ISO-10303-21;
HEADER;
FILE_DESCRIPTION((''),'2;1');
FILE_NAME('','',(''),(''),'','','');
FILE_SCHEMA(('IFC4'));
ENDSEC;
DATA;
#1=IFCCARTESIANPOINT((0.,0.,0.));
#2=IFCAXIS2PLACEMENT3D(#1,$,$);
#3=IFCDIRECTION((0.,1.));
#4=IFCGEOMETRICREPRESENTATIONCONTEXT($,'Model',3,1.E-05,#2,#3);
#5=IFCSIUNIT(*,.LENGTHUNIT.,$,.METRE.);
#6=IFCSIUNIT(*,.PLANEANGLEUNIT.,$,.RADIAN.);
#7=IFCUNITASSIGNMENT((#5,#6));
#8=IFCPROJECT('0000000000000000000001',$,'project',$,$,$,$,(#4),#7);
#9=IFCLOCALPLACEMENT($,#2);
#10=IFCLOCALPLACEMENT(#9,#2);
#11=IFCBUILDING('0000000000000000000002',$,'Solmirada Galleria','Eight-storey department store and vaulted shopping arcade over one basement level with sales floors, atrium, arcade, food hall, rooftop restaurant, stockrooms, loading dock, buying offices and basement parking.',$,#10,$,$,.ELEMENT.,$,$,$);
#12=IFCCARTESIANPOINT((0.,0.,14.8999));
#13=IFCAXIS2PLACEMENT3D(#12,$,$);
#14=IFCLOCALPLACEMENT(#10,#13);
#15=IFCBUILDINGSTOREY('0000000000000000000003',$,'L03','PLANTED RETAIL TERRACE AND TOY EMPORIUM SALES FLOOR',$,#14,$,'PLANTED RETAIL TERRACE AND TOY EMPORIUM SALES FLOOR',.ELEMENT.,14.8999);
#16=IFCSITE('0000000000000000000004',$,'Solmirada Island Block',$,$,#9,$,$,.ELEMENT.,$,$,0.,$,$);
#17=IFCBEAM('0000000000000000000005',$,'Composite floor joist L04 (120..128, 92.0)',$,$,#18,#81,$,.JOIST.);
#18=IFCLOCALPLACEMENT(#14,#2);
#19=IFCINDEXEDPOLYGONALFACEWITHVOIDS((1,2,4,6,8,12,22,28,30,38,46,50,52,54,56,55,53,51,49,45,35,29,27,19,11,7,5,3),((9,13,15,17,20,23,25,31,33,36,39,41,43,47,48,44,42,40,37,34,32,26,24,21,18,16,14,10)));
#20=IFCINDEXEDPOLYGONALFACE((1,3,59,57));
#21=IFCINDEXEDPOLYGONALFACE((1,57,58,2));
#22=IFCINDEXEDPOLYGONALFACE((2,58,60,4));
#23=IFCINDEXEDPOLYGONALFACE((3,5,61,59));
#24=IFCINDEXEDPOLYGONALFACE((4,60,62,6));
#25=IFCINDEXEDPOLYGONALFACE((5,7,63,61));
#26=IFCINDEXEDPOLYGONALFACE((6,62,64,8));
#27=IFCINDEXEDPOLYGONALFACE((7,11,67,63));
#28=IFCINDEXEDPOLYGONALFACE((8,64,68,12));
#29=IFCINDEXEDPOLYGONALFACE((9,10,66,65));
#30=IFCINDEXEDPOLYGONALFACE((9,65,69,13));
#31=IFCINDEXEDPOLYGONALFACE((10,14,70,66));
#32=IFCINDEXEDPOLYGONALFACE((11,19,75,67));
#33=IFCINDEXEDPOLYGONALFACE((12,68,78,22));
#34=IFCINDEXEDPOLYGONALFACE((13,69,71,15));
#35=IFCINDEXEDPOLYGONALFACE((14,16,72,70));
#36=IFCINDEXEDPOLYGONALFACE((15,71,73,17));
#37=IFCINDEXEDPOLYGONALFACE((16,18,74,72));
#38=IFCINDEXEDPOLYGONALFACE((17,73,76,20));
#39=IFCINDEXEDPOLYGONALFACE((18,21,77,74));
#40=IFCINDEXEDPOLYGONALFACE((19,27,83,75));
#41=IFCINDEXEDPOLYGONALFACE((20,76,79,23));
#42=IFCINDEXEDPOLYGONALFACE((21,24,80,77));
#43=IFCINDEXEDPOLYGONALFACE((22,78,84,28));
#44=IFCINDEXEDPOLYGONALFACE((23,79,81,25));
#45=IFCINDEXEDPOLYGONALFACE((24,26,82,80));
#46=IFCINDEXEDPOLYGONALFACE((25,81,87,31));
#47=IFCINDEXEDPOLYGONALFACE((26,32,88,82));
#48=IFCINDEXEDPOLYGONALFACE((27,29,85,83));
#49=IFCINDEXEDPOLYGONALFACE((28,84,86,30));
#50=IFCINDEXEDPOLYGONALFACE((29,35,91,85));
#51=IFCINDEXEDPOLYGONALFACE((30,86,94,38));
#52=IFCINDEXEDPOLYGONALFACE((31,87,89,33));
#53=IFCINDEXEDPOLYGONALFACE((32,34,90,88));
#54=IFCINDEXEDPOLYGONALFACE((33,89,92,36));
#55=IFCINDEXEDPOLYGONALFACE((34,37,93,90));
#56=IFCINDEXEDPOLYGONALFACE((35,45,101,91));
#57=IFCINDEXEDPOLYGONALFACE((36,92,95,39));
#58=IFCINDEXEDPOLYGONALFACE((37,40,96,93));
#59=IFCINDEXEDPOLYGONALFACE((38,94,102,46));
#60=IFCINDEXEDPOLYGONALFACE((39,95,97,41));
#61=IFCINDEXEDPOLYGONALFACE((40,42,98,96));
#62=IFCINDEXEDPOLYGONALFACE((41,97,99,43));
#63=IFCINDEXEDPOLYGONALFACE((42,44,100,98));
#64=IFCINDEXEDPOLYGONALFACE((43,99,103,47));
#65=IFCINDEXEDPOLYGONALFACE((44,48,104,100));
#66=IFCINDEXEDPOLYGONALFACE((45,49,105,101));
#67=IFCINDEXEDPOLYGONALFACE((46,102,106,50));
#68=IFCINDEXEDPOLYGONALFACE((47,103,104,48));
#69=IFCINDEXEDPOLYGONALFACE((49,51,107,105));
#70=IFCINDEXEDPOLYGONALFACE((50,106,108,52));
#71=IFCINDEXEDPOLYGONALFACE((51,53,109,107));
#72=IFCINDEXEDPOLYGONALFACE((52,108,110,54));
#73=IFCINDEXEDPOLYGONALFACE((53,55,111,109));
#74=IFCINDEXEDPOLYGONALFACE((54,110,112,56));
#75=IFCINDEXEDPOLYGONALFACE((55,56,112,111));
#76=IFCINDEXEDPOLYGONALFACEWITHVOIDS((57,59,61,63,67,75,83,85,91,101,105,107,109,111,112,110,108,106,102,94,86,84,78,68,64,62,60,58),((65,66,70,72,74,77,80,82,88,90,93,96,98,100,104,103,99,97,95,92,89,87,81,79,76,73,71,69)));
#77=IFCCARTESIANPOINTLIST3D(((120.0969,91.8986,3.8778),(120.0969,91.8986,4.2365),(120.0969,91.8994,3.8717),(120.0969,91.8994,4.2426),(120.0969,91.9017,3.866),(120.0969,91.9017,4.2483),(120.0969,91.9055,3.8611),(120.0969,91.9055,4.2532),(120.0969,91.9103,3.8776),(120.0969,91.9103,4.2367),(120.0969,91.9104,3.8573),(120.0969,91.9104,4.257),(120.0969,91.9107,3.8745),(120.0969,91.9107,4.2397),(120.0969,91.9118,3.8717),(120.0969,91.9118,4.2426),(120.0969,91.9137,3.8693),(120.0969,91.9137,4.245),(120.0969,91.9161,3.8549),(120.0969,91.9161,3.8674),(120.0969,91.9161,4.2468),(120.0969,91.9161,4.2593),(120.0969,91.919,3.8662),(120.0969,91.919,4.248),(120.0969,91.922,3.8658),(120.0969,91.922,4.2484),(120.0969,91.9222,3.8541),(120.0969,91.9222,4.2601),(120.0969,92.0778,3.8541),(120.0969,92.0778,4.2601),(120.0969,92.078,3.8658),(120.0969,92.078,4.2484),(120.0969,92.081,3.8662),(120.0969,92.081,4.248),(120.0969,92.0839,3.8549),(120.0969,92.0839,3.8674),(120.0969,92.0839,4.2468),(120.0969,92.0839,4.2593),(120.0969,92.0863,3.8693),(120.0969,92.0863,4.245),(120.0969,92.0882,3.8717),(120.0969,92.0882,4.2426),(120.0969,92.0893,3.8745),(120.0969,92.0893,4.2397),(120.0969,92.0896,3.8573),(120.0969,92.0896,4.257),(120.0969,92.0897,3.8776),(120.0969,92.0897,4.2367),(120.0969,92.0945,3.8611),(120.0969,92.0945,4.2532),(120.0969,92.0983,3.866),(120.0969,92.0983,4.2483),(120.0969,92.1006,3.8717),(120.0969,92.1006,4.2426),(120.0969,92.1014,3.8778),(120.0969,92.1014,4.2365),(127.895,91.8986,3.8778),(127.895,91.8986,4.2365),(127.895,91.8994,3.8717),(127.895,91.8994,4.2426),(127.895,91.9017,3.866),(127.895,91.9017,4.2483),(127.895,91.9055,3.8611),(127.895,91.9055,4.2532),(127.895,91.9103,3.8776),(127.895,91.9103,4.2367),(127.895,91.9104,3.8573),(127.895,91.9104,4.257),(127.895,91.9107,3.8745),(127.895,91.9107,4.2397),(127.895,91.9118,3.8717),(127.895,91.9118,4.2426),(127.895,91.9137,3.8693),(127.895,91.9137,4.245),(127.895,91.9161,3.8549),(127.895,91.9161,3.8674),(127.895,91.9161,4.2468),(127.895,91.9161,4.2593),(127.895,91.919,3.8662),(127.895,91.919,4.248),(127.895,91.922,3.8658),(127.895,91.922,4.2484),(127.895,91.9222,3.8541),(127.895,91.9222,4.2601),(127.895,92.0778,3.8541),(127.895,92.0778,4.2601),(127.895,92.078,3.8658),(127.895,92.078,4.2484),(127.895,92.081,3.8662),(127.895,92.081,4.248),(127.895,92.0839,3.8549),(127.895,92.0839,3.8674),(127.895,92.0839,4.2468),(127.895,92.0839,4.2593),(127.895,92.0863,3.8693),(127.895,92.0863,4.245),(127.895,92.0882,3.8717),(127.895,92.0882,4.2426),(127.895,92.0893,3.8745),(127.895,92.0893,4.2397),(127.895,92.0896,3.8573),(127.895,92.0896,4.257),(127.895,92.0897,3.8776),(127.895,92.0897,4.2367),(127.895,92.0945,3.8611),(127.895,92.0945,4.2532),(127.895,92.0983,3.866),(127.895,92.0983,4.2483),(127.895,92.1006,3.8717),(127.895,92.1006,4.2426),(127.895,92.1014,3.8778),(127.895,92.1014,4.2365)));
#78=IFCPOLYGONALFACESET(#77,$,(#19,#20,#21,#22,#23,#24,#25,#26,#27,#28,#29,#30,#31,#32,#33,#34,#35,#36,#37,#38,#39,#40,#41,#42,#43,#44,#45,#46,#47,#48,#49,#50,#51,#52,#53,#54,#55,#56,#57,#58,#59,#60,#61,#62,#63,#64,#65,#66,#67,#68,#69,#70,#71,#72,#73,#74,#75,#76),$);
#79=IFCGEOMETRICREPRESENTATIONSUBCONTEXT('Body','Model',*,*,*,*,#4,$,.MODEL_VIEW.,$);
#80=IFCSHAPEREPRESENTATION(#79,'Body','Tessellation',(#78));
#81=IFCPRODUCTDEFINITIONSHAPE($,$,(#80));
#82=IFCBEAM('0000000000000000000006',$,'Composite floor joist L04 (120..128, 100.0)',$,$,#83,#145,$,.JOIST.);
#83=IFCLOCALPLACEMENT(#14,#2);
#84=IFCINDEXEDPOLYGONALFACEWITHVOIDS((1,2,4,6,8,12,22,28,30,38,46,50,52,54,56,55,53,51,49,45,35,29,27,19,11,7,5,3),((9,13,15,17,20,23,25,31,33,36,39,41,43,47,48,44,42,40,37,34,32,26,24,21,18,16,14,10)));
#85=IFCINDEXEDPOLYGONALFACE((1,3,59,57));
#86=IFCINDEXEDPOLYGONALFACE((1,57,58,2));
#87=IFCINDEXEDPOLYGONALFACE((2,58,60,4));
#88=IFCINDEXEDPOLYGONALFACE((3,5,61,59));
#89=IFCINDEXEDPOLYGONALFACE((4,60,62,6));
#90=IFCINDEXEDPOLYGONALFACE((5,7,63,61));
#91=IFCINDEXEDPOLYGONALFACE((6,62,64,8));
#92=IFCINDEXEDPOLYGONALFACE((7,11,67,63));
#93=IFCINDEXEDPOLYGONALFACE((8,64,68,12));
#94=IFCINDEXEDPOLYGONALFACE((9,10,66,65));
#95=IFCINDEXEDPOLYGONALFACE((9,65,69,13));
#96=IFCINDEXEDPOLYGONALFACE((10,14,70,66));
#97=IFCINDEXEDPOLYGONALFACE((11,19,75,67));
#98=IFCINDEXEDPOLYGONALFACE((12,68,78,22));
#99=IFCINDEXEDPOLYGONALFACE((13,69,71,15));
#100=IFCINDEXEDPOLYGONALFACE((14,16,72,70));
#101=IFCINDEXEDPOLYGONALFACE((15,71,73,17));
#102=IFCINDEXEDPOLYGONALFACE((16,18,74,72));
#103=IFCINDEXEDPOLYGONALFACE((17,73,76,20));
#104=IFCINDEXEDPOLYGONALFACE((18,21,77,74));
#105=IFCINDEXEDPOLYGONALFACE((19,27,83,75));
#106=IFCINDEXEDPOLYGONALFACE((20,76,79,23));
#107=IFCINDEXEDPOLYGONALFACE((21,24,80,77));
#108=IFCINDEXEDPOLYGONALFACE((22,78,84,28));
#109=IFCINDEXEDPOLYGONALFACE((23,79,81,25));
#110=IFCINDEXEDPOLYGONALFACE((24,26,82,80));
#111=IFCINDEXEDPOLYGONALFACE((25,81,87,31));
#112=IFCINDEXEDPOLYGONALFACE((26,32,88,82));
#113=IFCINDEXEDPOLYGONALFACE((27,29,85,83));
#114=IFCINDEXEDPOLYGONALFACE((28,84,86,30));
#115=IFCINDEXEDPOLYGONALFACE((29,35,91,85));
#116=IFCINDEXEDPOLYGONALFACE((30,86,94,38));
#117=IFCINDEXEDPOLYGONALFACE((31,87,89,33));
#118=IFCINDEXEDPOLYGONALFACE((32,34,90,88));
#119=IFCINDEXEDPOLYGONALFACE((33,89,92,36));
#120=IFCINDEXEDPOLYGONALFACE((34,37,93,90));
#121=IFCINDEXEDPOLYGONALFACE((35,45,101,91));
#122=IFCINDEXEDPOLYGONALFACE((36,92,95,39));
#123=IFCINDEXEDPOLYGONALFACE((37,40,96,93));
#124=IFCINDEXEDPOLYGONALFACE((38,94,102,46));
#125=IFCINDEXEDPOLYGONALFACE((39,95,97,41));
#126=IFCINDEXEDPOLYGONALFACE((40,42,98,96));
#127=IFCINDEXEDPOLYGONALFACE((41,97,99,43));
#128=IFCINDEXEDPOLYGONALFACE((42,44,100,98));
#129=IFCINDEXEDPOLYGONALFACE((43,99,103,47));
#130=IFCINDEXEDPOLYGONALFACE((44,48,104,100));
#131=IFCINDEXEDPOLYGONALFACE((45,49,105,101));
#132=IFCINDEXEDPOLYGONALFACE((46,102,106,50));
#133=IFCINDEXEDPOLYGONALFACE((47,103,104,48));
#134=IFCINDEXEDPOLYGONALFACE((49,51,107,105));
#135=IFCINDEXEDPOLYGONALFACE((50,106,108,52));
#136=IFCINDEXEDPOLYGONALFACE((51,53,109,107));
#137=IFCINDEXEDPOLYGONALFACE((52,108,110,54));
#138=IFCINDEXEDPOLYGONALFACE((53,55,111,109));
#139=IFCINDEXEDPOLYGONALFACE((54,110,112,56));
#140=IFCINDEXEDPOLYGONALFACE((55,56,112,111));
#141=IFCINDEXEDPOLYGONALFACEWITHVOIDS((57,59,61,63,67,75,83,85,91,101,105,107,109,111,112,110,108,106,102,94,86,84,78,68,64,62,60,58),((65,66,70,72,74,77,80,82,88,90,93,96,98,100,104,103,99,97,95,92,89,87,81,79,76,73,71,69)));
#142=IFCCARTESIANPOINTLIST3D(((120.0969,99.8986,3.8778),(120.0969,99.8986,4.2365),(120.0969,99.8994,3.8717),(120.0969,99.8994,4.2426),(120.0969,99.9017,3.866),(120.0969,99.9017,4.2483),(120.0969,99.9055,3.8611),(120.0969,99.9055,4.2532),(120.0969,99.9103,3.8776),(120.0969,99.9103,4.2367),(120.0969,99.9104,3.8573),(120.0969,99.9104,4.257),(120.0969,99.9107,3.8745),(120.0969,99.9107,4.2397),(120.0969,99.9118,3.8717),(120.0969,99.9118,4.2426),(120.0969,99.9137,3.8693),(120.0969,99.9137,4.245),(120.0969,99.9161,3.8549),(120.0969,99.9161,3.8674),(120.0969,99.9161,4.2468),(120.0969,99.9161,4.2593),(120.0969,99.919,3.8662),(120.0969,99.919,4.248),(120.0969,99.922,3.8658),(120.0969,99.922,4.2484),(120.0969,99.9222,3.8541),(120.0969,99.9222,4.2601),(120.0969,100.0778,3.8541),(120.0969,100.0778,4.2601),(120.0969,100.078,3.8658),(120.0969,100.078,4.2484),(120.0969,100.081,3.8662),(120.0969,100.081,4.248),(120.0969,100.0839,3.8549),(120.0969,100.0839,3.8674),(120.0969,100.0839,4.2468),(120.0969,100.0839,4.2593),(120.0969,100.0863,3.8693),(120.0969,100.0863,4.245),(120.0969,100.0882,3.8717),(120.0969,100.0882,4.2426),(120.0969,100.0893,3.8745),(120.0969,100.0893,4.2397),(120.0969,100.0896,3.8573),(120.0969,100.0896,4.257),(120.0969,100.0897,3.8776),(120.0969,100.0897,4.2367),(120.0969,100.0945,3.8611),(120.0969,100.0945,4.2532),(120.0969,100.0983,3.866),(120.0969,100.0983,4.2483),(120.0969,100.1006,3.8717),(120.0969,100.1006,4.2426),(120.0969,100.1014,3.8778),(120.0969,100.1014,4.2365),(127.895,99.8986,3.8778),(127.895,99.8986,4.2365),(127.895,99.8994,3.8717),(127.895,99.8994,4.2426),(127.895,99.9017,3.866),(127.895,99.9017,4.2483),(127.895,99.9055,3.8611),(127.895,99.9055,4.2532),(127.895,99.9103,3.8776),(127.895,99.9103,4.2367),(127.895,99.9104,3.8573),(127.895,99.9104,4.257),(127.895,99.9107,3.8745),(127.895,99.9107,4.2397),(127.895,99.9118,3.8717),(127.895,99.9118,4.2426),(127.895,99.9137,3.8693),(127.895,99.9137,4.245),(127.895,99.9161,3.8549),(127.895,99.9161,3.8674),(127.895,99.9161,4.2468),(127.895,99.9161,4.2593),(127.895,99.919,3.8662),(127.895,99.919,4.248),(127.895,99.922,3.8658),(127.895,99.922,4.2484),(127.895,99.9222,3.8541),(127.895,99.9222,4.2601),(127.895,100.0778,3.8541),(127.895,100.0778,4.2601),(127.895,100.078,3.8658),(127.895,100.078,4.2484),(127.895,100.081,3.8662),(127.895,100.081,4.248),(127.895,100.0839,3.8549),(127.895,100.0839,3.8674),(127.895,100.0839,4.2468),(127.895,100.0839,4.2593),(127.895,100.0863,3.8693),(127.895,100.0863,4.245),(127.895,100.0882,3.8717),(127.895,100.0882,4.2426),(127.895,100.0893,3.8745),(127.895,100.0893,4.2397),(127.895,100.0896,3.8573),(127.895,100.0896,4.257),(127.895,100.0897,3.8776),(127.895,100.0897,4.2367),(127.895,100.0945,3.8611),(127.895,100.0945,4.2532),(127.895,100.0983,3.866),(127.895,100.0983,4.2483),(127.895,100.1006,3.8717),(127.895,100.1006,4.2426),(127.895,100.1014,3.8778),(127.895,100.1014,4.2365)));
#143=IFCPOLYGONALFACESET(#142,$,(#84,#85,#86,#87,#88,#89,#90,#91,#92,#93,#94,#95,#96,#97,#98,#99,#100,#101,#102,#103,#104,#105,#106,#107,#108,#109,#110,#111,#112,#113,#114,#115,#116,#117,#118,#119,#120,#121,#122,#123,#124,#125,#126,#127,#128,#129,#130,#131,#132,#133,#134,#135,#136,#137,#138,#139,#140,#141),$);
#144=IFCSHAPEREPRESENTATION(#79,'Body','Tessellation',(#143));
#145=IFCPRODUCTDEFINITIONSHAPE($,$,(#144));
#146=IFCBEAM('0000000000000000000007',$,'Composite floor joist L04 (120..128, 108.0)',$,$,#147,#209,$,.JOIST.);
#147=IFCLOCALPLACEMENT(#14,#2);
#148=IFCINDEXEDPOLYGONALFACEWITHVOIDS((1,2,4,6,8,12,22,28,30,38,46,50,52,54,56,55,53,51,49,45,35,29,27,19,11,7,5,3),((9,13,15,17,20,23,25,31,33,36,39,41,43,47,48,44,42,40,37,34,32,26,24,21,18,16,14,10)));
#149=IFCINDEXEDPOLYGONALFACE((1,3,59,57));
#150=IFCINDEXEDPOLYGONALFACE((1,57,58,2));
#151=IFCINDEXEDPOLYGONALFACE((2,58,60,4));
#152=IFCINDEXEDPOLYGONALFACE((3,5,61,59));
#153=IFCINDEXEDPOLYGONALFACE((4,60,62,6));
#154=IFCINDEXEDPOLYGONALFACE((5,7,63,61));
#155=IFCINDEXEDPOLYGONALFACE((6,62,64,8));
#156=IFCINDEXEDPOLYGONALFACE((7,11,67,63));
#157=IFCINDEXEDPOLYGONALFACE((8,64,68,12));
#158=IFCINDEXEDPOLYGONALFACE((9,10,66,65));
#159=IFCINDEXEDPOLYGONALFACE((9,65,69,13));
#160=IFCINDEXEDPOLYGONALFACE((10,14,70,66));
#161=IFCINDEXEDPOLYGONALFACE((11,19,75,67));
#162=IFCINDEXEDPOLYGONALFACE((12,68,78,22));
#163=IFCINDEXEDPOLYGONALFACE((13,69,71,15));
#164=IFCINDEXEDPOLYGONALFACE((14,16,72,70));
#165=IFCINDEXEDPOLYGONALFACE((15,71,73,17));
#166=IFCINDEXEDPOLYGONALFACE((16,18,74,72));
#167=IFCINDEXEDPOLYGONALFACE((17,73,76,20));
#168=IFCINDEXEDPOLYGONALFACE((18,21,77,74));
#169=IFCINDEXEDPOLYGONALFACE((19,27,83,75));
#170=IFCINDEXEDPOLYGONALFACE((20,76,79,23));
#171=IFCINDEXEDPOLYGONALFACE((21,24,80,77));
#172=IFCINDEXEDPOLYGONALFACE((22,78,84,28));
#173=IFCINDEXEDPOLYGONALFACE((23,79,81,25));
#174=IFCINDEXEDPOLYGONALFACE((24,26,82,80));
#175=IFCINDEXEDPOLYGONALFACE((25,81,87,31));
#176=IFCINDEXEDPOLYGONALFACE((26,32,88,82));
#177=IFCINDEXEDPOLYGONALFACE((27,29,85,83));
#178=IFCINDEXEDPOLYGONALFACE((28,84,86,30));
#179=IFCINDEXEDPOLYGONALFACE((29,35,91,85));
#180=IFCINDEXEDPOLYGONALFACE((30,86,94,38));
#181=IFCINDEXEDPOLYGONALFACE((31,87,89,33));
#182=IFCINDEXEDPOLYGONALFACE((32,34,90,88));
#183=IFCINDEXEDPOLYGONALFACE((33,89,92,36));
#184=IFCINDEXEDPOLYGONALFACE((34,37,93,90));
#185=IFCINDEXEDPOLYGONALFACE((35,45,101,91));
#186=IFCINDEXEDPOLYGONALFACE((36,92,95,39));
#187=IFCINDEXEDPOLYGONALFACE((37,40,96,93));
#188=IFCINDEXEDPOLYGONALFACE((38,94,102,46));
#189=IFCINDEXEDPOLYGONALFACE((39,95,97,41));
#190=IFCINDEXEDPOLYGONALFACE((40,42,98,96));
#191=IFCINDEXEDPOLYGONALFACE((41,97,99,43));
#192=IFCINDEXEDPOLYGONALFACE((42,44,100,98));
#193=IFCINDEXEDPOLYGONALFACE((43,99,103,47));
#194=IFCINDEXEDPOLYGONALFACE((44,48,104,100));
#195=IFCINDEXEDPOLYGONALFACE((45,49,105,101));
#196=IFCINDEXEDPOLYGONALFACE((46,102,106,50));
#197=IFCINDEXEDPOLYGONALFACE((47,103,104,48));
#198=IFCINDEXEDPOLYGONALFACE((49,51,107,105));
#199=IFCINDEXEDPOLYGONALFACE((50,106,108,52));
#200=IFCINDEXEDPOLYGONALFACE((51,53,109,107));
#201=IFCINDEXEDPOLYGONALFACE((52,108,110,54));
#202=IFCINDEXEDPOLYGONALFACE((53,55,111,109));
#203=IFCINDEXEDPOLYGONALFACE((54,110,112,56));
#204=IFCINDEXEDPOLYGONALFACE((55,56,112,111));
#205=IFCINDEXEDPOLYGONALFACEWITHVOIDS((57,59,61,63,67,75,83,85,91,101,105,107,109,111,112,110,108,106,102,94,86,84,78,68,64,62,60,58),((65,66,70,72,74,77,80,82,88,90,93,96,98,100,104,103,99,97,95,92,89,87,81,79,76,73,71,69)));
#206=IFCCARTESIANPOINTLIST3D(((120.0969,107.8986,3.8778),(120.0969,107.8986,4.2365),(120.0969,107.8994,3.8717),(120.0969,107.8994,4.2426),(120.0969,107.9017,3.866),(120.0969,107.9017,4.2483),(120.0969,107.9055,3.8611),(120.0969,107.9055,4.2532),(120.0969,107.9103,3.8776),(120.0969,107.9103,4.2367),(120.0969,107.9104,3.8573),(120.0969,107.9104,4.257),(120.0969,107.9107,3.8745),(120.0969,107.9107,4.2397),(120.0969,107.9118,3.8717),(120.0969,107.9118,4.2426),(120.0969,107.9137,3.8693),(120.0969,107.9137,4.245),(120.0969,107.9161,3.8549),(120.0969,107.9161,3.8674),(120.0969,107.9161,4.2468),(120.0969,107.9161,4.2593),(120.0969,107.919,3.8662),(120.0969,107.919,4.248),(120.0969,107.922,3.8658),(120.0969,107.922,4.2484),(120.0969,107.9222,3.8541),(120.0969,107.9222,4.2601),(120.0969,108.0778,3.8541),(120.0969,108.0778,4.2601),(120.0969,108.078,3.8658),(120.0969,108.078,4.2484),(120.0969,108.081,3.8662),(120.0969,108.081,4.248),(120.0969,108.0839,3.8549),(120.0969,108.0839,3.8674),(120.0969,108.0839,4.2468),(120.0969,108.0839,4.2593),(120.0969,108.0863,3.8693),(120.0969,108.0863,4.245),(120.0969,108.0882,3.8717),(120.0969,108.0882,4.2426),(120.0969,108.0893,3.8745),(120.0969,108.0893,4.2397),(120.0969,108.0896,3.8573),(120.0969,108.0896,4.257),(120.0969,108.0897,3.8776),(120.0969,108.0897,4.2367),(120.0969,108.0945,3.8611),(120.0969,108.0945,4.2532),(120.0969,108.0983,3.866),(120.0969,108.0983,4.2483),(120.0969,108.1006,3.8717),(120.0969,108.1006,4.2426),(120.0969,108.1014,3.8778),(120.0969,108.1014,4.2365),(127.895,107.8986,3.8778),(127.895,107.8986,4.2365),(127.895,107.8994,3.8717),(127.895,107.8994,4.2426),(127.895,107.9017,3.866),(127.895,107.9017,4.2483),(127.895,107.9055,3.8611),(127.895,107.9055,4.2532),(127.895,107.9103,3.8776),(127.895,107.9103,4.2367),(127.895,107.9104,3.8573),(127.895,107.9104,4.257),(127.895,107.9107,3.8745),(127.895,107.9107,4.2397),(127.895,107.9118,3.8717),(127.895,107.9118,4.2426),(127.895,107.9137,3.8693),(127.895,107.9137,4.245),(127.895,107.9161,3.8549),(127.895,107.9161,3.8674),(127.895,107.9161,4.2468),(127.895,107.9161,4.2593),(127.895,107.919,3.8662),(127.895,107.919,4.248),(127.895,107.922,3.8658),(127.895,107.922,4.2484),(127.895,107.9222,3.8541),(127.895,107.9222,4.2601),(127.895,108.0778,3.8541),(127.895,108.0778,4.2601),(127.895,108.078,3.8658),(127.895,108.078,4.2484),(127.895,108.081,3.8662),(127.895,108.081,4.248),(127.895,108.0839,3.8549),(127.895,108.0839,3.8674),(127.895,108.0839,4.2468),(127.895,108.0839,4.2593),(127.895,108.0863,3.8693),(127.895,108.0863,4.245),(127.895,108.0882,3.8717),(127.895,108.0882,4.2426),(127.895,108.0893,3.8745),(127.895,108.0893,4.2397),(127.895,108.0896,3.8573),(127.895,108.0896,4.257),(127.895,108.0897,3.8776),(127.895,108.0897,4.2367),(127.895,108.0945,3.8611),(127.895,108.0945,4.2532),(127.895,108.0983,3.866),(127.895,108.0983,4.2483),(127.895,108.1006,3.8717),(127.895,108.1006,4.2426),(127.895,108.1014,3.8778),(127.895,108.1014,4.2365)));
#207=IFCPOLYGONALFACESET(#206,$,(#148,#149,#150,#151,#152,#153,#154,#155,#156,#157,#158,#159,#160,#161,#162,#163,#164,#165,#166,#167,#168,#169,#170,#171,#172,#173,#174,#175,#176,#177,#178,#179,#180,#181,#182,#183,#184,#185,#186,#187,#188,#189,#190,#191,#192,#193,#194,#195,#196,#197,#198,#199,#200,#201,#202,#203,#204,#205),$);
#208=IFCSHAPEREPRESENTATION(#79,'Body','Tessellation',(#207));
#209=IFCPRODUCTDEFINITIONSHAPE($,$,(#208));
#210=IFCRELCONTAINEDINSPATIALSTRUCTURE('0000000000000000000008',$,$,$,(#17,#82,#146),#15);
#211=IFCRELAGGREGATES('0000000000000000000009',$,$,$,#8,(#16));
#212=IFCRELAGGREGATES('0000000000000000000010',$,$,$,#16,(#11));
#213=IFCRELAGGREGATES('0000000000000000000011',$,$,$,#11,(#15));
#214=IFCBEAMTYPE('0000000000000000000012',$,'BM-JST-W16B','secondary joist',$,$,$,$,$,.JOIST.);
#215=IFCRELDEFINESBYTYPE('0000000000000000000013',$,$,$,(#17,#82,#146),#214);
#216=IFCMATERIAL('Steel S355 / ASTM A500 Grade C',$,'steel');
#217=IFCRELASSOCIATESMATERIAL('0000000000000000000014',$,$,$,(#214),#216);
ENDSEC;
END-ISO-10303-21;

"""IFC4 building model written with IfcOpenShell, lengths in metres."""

from ifc_helpers import new_model, si_unit, direction, frame, origin, origin_2d, place, context, subcontext, project, spatial, hollow_rectangle, extrude, material, material_profile, profile_set, type_object, element, save


model = new_model("IFC4")

# Units and contexts
model_context = context("Model", 3, precision=1e-05, world=origin(), true_north=direction((0.0, 1.0)))
body_context = subcontext(model_context, "Body", "Model", "MODEL_VIEW")
ifc_project = project(units=[si_unit("LENGTHUNIT", "METRE"), si_unit("PLANEANGLEUNIT", "RADIAN")], contexts=[model_context])

# Site, building, storey
site_placement = place(None, origin())
site = spatial("IfcSite", under=ifc_project, at=site_placement, Name="Solmirada Island Block", CompositionType="ELEMENT", RefElevation=0.0)
building_placement = place(site_placement, origin())
building = spatial("IfcBuilding", under=site, at=building_placement, Name="Solmirada Galleria", Description="Eight-storey department store and vaulted shopping arcade over one basement level with sales floors, atrium, arcade, food hall, rooftop restaurant, stockrooms, loading dock, buying offices and basement parking.", CompositionType="ELEMENT")
storey_placement = place(building_placement, frame((0.0, 0.0, 14.8999)))
storey = spatial("IfcBuildingStorey", under=building, at=storey_placement, Name="L03", Description="PLANTED RETAIL TERRACE AND TOY EMPORIUM SALES FLOOR", LongName="PLANTED RETAIL TERRACE AND TOY EMPORIUM SALES FLOOR", CompositionType="ELEMENT", Elevation=14.8999)

# Beams
ifc_material_1 = material(Name="Steel S355 / ASTM A500 Grade C", Category="steel")
ifc_material_profile_1 = material_profile(ifc_material_1, hollow_rectangle(XDim=0.2029, YDim=0.406, WallThickness=0.0117, InnerFilletRadius=0.0117, OuterFilletRadius=0.0237, at=origin_2d()), Name="HSS16X8X1/2")
ifc_profile_set_1 = profile_set([ifc_material_profile_1], Name="Steel S355 / ASTM A500 Grade C")
beam_type_1 = type_object("IfcBeamType", Name="BM-JST-W16B", Description="secondary joist", PredefinedType="JOIST", material=ifc_profile_set_1)
for number, where, z_axis, x_axis, name in (
    (1, (120.0969, 92.0, 4.0571), (1.0, 0.0, 0.0), (0.0, 1.0, 0.0), "Composite floor joist L04 (120..128, 92.0)"),
    (2, (120.0969, 100.0, 4.0571), (1.0, 0.0, 0.0), (0.0, 1.0, 0.0), "Composite floor joist L04 (120..128, 100.0)"),
    (3, (120.0969, 108.0, 4.0571), (1.0, 0.0, 0.0), (0.0, 1.0, 0.0), "Composite floor joist L04 (120..128, 108.0)"),
):
    element("IfcBeam", number, at=place(storey_placement, frame(where, z_axis=z_axis, x_axis=x_axis)), inside=storey, type_object=beam_type_1, Name=name, PredefinedType="JOIST", context=body_context, shape_type="SweptSolid", body=[
        extrude(hollow_rectangle(XDim=0.2029, YDim=0.406, WallThickness=0.0117, InnerFilletRadius=0.0117, OuterFilletRadius=0.0237, at=origin_2d()), origin(), (0.0, 0.0, 1.0), 7.7981),
    ])

save(model, "model.ifc")
